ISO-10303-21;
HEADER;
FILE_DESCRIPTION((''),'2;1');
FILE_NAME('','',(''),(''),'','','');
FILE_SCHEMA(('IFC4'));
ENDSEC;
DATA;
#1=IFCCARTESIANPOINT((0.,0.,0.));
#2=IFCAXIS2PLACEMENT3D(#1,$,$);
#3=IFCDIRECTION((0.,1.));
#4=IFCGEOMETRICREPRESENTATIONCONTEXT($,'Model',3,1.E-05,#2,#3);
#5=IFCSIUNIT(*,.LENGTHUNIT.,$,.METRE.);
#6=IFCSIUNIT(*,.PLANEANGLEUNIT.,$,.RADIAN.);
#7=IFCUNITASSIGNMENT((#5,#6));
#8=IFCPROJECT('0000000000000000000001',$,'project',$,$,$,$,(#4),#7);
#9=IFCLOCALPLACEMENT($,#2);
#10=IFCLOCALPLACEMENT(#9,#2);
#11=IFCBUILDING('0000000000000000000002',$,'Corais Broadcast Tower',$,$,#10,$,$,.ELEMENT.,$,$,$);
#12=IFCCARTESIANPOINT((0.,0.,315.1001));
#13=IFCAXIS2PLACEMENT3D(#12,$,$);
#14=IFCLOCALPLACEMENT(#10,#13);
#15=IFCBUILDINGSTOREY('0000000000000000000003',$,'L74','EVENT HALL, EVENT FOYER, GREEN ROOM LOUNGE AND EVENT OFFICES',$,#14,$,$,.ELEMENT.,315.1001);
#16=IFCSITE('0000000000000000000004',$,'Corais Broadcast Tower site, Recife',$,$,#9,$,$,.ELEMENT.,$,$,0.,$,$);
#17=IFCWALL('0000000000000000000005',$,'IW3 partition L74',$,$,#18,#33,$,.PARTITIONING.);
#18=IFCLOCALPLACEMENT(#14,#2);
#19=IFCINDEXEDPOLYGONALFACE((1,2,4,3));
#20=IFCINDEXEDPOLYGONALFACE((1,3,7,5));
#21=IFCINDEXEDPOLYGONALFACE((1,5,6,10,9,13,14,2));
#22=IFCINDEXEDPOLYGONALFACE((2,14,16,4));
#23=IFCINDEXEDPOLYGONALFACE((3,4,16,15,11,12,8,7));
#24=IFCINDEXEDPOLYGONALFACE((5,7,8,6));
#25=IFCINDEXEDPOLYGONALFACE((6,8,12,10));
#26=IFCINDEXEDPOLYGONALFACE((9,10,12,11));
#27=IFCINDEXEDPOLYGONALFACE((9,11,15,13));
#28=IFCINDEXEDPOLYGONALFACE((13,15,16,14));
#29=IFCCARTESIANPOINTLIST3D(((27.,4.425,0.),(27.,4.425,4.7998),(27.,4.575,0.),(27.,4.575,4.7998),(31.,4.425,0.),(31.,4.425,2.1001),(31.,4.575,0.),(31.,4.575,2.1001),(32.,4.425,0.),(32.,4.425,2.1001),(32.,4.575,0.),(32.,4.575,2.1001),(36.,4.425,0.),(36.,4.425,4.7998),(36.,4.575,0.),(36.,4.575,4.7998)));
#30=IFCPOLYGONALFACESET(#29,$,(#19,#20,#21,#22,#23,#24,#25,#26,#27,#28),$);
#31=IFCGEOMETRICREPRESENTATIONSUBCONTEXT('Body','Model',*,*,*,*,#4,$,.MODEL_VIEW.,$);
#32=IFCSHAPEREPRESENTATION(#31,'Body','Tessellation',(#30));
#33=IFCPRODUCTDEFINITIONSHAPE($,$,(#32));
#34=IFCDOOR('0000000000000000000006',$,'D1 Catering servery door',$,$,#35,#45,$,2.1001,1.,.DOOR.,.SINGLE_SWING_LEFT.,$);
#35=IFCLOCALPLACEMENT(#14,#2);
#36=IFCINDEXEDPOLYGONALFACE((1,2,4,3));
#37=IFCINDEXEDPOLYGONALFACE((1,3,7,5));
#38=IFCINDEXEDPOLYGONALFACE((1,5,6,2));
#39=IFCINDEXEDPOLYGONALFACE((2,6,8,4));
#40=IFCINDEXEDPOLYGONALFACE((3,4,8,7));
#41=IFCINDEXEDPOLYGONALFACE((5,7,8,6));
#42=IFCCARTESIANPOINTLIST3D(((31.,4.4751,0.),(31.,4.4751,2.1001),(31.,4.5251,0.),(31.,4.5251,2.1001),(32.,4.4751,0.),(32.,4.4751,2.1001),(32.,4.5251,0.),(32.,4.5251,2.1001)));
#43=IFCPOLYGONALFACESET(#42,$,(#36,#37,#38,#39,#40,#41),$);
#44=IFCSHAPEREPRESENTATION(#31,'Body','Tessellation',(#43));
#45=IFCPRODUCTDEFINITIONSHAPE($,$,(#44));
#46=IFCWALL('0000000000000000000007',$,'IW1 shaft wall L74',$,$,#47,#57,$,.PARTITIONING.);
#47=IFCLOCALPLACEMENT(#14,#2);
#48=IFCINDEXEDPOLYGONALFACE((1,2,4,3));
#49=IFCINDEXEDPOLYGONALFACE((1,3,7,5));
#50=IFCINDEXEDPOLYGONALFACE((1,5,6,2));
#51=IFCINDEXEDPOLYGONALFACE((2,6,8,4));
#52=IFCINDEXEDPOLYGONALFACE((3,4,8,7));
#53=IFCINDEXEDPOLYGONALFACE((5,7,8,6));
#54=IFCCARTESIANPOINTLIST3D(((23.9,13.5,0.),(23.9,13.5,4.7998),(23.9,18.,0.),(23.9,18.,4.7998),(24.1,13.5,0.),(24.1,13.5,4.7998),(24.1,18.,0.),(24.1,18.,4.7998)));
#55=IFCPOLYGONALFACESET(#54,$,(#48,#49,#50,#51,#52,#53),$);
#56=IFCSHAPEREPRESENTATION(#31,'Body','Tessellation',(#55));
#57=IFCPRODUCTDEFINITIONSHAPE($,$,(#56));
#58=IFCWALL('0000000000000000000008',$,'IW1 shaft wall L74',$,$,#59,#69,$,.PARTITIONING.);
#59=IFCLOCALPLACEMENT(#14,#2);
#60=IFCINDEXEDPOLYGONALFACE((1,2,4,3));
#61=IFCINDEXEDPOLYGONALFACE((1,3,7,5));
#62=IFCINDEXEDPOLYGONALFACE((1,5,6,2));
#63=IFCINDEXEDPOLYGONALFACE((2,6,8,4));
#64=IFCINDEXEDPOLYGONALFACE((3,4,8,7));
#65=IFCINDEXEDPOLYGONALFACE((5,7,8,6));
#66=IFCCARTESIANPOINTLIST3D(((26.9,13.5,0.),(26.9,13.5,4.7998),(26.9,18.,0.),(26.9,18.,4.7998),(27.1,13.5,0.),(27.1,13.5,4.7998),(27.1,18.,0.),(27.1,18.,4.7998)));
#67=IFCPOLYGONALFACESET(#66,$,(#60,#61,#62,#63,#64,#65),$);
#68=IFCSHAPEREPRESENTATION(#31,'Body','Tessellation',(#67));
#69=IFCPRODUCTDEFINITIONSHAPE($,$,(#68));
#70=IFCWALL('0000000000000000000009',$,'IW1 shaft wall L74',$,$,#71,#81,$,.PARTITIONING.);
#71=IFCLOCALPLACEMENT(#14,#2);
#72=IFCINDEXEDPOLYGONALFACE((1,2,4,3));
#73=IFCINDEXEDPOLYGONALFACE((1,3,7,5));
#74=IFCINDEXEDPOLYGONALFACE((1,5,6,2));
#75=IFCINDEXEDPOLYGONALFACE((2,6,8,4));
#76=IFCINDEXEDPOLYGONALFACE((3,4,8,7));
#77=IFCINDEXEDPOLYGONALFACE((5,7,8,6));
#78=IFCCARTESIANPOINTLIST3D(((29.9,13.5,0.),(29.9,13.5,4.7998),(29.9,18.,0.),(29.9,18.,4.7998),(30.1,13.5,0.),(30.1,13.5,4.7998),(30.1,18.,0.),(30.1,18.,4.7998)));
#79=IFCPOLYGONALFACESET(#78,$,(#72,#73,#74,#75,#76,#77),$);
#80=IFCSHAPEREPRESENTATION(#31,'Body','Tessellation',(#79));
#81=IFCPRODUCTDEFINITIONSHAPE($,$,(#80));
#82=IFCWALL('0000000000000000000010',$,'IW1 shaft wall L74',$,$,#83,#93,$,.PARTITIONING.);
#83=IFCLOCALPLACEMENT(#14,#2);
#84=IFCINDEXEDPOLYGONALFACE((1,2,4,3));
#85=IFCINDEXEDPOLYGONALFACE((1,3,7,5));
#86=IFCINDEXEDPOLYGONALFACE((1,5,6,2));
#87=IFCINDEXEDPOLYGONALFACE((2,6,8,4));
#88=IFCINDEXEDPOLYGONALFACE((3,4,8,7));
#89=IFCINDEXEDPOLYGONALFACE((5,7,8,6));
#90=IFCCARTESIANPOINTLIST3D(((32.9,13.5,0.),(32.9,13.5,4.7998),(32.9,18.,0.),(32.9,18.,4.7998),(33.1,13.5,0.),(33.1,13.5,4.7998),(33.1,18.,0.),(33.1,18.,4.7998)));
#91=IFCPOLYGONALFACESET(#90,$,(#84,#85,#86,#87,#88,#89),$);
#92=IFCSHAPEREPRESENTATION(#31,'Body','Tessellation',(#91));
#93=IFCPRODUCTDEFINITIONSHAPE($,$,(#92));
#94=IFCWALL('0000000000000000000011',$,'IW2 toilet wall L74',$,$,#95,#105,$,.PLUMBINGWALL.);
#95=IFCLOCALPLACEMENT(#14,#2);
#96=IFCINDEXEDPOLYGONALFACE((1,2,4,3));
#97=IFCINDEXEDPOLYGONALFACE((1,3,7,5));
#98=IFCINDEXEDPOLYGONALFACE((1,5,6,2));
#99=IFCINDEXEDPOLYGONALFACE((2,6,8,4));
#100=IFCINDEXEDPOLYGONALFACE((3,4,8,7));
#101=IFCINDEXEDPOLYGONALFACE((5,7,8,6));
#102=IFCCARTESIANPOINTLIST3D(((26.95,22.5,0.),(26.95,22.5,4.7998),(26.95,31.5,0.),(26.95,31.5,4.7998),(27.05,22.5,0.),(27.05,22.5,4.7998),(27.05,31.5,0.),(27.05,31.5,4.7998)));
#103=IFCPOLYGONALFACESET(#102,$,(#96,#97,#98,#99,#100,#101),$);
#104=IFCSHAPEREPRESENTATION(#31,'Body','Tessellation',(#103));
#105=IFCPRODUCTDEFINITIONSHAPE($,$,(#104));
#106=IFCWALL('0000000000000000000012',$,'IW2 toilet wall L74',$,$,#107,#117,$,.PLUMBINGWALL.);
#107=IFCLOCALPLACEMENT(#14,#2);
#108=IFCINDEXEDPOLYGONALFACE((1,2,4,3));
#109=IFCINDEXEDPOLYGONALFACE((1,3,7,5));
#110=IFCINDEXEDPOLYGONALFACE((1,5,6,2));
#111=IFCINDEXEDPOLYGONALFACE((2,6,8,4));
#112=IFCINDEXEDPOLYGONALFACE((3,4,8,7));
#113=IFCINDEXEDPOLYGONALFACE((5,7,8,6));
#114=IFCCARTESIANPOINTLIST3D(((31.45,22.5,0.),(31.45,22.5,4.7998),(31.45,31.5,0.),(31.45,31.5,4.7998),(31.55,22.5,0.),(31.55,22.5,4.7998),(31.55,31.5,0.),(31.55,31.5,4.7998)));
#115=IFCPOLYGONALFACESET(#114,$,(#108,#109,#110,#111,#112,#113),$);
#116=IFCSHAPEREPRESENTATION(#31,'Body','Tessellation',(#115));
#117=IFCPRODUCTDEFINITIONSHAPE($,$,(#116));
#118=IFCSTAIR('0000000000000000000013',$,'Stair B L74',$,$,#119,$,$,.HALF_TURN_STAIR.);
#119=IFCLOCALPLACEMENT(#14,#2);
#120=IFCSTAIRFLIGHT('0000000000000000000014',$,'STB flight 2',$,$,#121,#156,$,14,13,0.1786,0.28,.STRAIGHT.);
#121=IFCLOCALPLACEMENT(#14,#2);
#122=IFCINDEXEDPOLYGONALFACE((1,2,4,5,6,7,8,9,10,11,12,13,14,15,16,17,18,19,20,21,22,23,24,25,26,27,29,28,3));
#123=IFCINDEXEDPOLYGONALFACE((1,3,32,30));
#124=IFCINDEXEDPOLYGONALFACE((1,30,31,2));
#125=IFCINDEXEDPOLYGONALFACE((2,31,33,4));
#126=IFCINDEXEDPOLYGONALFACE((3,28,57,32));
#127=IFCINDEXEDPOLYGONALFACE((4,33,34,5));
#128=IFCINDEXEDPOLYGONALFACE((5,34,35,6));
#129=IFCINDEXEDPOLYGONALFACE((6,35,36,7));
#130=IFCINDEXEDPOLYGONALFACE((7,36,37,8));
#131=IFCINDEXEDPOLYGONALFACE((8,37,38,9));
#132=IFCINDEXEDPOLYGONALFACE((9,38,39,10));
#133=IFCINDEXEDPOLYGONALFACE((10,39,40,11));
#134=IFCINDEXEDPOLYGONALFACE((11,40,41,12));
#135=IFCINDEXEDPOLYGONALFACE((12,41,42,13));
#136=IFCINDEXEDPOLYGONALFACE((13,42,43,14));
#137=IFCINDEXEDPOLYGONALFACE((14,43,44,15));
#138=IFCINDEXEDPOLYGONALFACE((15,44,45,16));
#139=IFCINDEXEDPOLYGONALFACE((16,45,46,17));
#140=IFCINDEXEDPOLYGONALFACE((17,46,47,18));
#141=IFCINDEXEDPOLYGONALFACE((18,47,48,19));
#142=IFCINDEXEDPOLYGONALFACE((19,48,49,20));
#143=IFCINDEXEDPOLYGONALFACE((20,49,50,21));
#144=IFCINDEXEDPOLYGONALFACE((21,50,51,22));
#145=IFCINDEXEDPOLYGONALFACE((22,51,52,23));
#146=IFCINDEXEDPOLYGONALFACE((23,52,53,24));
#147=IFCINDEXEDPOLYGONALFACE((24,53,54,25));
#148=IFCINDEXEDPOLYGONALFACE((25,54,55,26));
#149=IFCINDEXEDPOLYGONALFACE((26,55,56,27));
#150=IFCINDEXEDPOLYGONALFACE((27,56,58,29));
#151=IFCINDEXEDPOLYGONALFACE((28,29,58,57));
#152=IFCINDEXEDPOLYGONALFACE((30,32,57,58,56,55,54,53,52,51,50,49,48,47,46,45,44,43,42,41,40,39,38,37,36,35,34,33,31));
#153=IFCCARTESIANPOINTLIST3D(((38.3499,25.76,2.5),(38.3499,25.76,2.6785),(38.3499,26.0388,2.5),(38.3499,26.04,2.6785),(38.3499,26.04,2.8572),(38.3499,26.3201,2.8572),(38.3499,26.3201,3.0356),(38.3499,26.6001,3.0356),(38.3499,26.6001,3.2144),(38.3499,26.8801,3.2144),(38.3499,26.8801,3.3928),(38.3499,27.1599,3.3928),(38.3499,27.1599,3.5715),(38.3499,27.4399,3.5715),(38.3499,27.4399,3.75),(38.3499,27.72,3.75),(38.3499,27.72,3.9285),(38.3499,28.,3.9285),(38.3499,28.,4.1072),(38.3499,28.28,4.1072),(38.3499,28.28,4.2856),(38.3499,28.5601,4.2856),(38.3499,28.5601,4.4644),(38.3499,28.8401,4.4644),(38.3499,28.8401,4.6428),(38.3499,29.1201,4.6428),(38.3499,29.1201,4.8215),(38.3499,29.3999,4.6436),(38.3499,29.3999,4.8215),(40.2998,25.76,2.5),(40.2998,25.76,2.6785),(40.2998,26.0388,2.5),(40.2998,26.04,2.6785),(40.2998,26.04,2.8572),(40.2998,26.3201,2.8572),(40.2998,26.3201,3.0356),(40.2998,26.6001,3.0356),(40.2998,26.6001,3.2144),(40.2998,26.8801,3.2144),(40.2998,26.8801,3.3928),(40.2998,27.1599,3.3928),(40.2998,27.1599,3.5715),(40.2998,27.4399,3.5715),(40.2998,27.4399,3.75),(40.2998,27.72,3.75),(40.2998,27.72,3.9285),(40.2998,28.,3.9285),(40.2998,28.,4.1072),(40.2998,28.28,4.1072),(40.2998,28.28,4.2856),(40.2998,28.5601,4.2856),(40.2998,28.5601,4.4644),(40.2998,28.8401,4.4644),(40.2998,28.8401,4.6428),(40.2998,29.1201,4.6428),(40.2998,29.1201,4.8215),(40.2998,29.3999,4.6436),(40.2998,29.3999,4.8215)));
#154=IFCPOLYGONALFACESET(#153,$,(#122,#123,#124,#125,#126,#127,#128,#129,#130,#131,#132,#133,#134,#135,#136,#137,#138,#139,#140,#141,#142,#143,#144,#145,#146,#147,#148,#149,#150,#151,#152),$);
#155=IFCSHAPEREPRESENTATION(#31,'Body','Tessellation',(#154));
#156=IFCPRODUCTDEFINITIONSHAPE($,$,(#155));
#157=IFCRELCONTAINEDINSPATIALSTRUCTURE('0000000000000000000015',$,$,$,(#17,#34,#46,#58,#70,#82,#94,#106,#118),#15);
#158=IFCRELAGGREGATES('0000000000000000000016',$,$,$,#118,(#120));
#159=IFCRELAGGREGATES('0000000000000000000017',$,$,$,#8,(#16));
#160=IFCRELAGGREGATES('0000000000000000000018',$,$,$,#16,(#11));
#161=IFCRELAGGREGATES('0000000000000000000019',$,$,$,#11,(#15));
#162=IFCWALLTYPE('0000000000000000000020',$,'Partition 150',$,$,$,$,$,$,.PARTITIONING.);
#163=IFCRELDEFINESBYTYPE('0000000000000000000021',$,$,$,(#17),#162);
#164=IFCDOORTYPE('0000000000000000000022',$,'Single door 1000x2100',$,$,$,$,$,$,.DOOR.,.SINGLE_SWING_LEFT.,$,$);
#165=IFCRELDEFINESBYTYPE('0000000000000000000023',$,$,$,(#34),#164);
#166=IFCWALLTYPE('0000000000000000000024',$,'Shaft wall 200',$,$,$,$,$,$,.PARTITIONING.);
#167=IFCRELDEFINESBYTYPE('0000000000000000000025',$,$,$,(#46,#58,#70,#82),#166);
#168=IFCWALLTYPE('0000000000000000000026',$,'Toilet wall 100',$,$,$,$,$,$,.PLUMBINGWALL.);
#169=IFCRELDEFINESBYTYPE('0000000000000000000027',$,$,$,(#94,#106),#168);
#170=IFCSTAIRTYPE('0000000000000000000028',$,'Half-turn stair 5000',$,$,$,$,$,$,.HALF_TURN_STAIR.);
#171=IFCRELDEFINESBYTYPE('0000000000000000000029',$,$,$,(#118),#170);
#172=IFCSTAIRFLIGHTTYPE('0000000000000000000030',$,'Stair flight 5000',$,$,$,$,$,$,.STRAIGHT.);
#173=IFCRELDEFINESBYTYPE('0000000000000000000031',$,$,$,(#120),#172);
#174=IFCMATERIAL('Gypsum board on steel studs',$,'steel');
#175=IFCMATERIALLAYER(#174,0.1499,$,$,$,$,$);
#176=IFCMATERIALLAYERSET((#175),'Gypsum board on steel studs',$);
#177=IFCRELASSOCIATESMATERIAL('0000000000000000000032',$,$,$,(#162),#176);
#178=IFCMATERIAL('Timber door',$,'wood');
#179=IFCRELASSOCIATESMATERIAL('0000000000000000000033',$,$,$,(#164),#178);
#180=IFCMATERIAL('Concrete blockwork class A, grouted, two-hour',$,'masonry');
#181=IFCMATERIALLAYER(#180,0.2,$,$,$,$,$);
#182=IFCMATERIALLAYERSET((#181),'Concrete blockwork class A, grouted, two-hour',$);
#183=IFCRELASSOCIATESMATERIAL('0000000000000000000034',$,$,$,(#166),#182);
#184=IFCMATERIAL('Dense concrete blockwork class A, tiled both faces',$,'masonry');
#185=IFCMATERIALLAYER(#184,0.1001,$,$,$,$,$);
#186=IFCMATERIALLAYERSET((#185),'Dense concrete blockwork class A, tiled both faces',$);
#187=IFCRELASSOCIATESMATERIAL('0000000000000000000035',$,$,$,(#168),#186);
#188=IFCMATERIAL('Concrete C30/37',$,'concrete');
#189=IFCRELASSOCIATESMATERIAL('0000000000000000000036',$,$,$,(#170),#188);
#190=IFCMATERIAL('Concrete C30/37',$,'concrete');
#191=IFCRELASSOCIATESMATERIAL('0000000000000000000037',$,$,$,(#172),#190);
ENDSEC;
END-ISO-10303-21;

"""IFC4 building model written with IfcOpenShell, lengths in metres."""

from ifc_helpers import new_model, si_unit, direction, frame, frame_2d, origin, place, context, subcontext, project, spatial, polyline, rectangle, outline, extrude, material, layer, layer_set, type_object, element, fill, aggregate, save


model = new_model("IFC4")

# Units and contexts
model_context = context("Model", 3, precision=1e-05, world=origin(), true_north=direction((0.0, 1.0)))
body_context = subcontext(model_context, "Body", "Model", "MODEL_VIEW")
ifc_project = project(units=[si_unit("LENGTHUNIT", "METRE"), si_unit("PLANEANGLEUNIT", "RADIAN")], contexts=[model_context])

# Site, building, storey
site_placement = place(None, origin())
site = spatial("IfcSite", under=ifc_project, at=site_placement, Name="Corais Broadcast Tower site, Recife", CompositionType="ELEMENT", RefElevation=0.0)
building_placement = place(site_placement, origin())
building = spatial("IfcBuilding", under=site, at=building_placement, Name="Corais Broadcast Tower", CompositionType="ELEMENT")
storey_placement = place(building_placement, frame((0.0, 0.0, 315.1001)))
storey = spatial("IfcBuildingStorey", under=building, at=storey_placement, Name="L74", Description="EVENT HALL, EVENT FOYER, GREEN ROOM LOUNGE AND EVENT OFFICES", CompositionType="ELEMENT", Elevation=315.1001)

# Shared definitions
ifc_material_1 = material(Name="Gypsum board on steel studs", Category="steel")
ifc_layer_1 = layer(ifc_material_1, 0.1499)
ifc_layer_set_1 = layer_set([ifc_layer_1], Name="Gypsum board on steel studs")
wall_type_1 = type_object("IfcWallType", Name="Partition 150", PredefinedType="PARTITIONING", material=ifc_layer_set_1)
ifc_material_2 = material(Name="Timber door", Category="wood")
door_type = type_object("IfcDoorType", Name="Single door 1000x2100", OperationType="SINGLE_SWING_LEFT", PredefinedType="DOOR", material=ifc_material_2)

# Wall, opening, door
wall_1_placement = place(storey_placement, frame((36.0, 4.5, 0.0), z_axis=(0.0, 0.0, 1.0), x_axis=(-1.0, 0.0, 0.0)))
wall_1 = element("IfcWall", 1, at=wall_1_placement, inside=storey, type_object=wall_type_1, Name="IW3 partition L74", PredefinedType="PARTITIONING", context=body_context, shape_type="SweptSolid", body=[
    extrude(rectangle(XDim=9.0, YDim=0.1499, at=frame_2d((4.5, 0.0))), origin(), (0.0, 0.0, 1.0), 4.7998),
])
opening_1_placement = place(wall_1_placement, frame((4.0, 0.0, 0.0)))
opening_1 = element("IfcOpeningElement", 2, at=opening_1_placement, cuts=wall_1, PredefinedType="OPENING", context=body_context, shape_type="SweptSolid", body=[
    extrude(rectangle(XDim=1.0, YDim=2.1001, at=frame_2d((0.5, 1.05))), frame((0.0, 0.085, 0.0), z_axis=(0.0, -1.0, 0.0), x_axis=(1.0, 0.0, 0.0)), (0.0, 0.0, 1.0), 0.1699),
])
door_1_placement = place(opening_1_placement, origin())
door_1 = element("IfcDoor", 3, at=door_1_placement, inside=storey, type_object=door_type, Name="D1 Catering servery door", OperationType="SINGLE_SWING_LEFT", OverallHeight=2.1001, OverallWidth=1.0, PredefinedType="DOOR", context=body_context, shape_type="SweptSolid", body=[
    extrude(rectangle(XDim=1.0, YDim=2.1001, at=frame_2d((0.5, 1.05))), frame((0.0, 0.0249, 0.0), z_axis=(0.0, -1.0, 0.0), x_axis=(1.0, 0.0, 0.0)), (0.0, 0.0, 1.0), 0.05),
])
fill(opening_1, door_1)

# Walls
ifc_material_3 = material(Name="Concrete blockwork class A, grouted, two-hour", Category="masonry")
ifc_layer_2 = layer(ifc_material_3, 0.2)
ifc_layer_set_2 = layer_set([ifc_layer_2], Name="Concrete blockwork class A, grouted, two-hour")
wall_type_2 = type_object("IfcWallType", Name="Shaft wall 200", PredefinedType="PARTITIONING", material=ifc_layer_set_2)
for number, where, z_axis, x_axis, name in (
    (4, (24.0, 13.5, 0.0), (0.0, 0.0, 1.0), (0.0, 1.0, 0.0), "IW1 shaft wall L74"),
    (5, (27.0, 13.5, 0.0), (0.0, 0.0, 1.0), (0.0, 1.0, 0.0), "IW1 shaft wall L74"),
    (6, (30.0, 13.5, 0.0), (0.0, 0.0, 1.0), (0.0, 1.0, 0.0), "IW1 shaft wall L74"),
    (7, (33.0, 13.5, 0.0), (0.0, 0.0, 1.0), (0.0, 1.0, 0.0), "IW1 shaft wall L74"),
):
    element("IfcWall", number, at=place(storey_placement, frame(where, z_axis=z_axis, x_axis=x_axis)), inside=storey, type_object=wall_type_2, Name=name, PredefinedType="PARTITIONING", context=body_context, shape_type="SweptSolid", body=[
        extrude(rectangle(XDim=4.5, YDim=0.2, at=frame_2d((2.25, 0.0))), origin(), (0.0, 0.0, 1.0), 4.7998),
    ])
ifc_material_4 = material(Name="Dense concrete blockwork class A, tiled both faces", Category="masonry")
ifc_layer_3 = layer(ifc_material_4, 0.1001)
ifc_layer_set_3 = layer_set([ifc_layer_3], Name="Dense concrete blockwork class A, tiled both faces")
wall_type_3 = type_object("IfcWallType", Name="Toilet wall 100", PredefinedType="PLUMBINGWALL", material=ifc_layer_set_3)
for number, where, z_axis, x_axis, name in (
    (8, (27.0, 22.5, 0.0), (0.0, 0.0, 1.0), (0.0, 1.0, 0.0), "IW2 toilet wall L74"),
    (9, (31.5, 22.5, 0.0), (0.0, 0.0, 1.0), (0.0, 1.0, 0.0), "IW2 toilet wall L74"),
):
    element("IfcWall", number, at=place(storey_placement, frame(where, z_axis=z_axis, x_axis=x_axis)), inside=storey, type_object=wall_type_3, Name=name, PredefinedType="PLUMBINGWALL", context=body_context, shape_type="SweptSolid", body=[
        extrude(rectangle(XDim=9.0, YDim=0.1001, at=frame_2d((4.5, 0.0))), origin(), (0.0, 0.0, 1.0), 4.7998),
    ])

# Stair, stair flight
ifc_material_5 = material(Name="Concrete C30/37", Category="concrete")
stair_type = type_object("IfcStairType", Name="Half-turn stair 5000", PredefinedType="HALF_TURN_STAIR", material=ifc_material_5)
stair_placement = place(storey_placement, origin())
stair = element("IfcStair", 10, at=stair_placement, inside=storey, type_object=stair_type, Name="Stair B L74", PredefinedType="HALF_TURN_STAIR")
ifc_material_6 = material(Name="Concrete C30/37", Category="concrete")
stair_flight_type = type_object("IfcStairFlightType", Name="Stair flight 5000", PredefinedType="STRAIGHT", material=ifc_material_6)
stair_flight_placement = place(storey_placement, frame((39.325, 25.76, 2.5), z_axis=(0.0, 0.0, 1.0), x_axis=(0.0, 1.0, 0.0)))
stair_flight = element("IfcStairFlight", 11, at=stair_flight_placement, type_object=stair_flight_type, Name="STB flight 2", NumberOfRisers=14, NumberOfTreads=13, PredefinedType="STRAIGHT", RiserHeight=0.1786, TreadLength=0.28, context=body_context, shape_type="SweptSolid", body=[
    extrude(outline(polyline([(0.0, 0.0), (0.0, 0.1785), (0.28, 0.1785), (0.28, 0.3572), (0.5601, 0.3572), (0.5601, 0.5356), (0.8401, 0.5356), (0.8401, 0.7144), (1.1201, 0.7144), (1.1201, 0.8928), (1.3999, 0.8928), (1.3999, 1.0715), (1.6799, 1.0715), (1.6799, 1.25), (1.96, 1.25), (1.96, 1.4285), (2.24, 1.4285), (2.24, 1.6072), (2.52, 1.6072), (2.52, 1.7856), (2.8, 1.7856), (2.8, 1.9644), (3.0801, 1.9644), (3.0801, 2.1428), (3.3601, 2.1428), (3.3601, 2.3215), (3.6399, 2.3215), (3.6399, 2.5), (3.6399, 2.1436), (0.2788, 0.0), (0.0, 0.0)])), frame((0.0, 0.9751, 0.0), z_axis=(0.0, -1.0, 0.0), x_axis=(1.0, 0.0, 0.0)), (0.0, 0.0, 1.0), 1.95),
])
aggregate(stair, [stair_flight])

save(model, "model.ifc")
